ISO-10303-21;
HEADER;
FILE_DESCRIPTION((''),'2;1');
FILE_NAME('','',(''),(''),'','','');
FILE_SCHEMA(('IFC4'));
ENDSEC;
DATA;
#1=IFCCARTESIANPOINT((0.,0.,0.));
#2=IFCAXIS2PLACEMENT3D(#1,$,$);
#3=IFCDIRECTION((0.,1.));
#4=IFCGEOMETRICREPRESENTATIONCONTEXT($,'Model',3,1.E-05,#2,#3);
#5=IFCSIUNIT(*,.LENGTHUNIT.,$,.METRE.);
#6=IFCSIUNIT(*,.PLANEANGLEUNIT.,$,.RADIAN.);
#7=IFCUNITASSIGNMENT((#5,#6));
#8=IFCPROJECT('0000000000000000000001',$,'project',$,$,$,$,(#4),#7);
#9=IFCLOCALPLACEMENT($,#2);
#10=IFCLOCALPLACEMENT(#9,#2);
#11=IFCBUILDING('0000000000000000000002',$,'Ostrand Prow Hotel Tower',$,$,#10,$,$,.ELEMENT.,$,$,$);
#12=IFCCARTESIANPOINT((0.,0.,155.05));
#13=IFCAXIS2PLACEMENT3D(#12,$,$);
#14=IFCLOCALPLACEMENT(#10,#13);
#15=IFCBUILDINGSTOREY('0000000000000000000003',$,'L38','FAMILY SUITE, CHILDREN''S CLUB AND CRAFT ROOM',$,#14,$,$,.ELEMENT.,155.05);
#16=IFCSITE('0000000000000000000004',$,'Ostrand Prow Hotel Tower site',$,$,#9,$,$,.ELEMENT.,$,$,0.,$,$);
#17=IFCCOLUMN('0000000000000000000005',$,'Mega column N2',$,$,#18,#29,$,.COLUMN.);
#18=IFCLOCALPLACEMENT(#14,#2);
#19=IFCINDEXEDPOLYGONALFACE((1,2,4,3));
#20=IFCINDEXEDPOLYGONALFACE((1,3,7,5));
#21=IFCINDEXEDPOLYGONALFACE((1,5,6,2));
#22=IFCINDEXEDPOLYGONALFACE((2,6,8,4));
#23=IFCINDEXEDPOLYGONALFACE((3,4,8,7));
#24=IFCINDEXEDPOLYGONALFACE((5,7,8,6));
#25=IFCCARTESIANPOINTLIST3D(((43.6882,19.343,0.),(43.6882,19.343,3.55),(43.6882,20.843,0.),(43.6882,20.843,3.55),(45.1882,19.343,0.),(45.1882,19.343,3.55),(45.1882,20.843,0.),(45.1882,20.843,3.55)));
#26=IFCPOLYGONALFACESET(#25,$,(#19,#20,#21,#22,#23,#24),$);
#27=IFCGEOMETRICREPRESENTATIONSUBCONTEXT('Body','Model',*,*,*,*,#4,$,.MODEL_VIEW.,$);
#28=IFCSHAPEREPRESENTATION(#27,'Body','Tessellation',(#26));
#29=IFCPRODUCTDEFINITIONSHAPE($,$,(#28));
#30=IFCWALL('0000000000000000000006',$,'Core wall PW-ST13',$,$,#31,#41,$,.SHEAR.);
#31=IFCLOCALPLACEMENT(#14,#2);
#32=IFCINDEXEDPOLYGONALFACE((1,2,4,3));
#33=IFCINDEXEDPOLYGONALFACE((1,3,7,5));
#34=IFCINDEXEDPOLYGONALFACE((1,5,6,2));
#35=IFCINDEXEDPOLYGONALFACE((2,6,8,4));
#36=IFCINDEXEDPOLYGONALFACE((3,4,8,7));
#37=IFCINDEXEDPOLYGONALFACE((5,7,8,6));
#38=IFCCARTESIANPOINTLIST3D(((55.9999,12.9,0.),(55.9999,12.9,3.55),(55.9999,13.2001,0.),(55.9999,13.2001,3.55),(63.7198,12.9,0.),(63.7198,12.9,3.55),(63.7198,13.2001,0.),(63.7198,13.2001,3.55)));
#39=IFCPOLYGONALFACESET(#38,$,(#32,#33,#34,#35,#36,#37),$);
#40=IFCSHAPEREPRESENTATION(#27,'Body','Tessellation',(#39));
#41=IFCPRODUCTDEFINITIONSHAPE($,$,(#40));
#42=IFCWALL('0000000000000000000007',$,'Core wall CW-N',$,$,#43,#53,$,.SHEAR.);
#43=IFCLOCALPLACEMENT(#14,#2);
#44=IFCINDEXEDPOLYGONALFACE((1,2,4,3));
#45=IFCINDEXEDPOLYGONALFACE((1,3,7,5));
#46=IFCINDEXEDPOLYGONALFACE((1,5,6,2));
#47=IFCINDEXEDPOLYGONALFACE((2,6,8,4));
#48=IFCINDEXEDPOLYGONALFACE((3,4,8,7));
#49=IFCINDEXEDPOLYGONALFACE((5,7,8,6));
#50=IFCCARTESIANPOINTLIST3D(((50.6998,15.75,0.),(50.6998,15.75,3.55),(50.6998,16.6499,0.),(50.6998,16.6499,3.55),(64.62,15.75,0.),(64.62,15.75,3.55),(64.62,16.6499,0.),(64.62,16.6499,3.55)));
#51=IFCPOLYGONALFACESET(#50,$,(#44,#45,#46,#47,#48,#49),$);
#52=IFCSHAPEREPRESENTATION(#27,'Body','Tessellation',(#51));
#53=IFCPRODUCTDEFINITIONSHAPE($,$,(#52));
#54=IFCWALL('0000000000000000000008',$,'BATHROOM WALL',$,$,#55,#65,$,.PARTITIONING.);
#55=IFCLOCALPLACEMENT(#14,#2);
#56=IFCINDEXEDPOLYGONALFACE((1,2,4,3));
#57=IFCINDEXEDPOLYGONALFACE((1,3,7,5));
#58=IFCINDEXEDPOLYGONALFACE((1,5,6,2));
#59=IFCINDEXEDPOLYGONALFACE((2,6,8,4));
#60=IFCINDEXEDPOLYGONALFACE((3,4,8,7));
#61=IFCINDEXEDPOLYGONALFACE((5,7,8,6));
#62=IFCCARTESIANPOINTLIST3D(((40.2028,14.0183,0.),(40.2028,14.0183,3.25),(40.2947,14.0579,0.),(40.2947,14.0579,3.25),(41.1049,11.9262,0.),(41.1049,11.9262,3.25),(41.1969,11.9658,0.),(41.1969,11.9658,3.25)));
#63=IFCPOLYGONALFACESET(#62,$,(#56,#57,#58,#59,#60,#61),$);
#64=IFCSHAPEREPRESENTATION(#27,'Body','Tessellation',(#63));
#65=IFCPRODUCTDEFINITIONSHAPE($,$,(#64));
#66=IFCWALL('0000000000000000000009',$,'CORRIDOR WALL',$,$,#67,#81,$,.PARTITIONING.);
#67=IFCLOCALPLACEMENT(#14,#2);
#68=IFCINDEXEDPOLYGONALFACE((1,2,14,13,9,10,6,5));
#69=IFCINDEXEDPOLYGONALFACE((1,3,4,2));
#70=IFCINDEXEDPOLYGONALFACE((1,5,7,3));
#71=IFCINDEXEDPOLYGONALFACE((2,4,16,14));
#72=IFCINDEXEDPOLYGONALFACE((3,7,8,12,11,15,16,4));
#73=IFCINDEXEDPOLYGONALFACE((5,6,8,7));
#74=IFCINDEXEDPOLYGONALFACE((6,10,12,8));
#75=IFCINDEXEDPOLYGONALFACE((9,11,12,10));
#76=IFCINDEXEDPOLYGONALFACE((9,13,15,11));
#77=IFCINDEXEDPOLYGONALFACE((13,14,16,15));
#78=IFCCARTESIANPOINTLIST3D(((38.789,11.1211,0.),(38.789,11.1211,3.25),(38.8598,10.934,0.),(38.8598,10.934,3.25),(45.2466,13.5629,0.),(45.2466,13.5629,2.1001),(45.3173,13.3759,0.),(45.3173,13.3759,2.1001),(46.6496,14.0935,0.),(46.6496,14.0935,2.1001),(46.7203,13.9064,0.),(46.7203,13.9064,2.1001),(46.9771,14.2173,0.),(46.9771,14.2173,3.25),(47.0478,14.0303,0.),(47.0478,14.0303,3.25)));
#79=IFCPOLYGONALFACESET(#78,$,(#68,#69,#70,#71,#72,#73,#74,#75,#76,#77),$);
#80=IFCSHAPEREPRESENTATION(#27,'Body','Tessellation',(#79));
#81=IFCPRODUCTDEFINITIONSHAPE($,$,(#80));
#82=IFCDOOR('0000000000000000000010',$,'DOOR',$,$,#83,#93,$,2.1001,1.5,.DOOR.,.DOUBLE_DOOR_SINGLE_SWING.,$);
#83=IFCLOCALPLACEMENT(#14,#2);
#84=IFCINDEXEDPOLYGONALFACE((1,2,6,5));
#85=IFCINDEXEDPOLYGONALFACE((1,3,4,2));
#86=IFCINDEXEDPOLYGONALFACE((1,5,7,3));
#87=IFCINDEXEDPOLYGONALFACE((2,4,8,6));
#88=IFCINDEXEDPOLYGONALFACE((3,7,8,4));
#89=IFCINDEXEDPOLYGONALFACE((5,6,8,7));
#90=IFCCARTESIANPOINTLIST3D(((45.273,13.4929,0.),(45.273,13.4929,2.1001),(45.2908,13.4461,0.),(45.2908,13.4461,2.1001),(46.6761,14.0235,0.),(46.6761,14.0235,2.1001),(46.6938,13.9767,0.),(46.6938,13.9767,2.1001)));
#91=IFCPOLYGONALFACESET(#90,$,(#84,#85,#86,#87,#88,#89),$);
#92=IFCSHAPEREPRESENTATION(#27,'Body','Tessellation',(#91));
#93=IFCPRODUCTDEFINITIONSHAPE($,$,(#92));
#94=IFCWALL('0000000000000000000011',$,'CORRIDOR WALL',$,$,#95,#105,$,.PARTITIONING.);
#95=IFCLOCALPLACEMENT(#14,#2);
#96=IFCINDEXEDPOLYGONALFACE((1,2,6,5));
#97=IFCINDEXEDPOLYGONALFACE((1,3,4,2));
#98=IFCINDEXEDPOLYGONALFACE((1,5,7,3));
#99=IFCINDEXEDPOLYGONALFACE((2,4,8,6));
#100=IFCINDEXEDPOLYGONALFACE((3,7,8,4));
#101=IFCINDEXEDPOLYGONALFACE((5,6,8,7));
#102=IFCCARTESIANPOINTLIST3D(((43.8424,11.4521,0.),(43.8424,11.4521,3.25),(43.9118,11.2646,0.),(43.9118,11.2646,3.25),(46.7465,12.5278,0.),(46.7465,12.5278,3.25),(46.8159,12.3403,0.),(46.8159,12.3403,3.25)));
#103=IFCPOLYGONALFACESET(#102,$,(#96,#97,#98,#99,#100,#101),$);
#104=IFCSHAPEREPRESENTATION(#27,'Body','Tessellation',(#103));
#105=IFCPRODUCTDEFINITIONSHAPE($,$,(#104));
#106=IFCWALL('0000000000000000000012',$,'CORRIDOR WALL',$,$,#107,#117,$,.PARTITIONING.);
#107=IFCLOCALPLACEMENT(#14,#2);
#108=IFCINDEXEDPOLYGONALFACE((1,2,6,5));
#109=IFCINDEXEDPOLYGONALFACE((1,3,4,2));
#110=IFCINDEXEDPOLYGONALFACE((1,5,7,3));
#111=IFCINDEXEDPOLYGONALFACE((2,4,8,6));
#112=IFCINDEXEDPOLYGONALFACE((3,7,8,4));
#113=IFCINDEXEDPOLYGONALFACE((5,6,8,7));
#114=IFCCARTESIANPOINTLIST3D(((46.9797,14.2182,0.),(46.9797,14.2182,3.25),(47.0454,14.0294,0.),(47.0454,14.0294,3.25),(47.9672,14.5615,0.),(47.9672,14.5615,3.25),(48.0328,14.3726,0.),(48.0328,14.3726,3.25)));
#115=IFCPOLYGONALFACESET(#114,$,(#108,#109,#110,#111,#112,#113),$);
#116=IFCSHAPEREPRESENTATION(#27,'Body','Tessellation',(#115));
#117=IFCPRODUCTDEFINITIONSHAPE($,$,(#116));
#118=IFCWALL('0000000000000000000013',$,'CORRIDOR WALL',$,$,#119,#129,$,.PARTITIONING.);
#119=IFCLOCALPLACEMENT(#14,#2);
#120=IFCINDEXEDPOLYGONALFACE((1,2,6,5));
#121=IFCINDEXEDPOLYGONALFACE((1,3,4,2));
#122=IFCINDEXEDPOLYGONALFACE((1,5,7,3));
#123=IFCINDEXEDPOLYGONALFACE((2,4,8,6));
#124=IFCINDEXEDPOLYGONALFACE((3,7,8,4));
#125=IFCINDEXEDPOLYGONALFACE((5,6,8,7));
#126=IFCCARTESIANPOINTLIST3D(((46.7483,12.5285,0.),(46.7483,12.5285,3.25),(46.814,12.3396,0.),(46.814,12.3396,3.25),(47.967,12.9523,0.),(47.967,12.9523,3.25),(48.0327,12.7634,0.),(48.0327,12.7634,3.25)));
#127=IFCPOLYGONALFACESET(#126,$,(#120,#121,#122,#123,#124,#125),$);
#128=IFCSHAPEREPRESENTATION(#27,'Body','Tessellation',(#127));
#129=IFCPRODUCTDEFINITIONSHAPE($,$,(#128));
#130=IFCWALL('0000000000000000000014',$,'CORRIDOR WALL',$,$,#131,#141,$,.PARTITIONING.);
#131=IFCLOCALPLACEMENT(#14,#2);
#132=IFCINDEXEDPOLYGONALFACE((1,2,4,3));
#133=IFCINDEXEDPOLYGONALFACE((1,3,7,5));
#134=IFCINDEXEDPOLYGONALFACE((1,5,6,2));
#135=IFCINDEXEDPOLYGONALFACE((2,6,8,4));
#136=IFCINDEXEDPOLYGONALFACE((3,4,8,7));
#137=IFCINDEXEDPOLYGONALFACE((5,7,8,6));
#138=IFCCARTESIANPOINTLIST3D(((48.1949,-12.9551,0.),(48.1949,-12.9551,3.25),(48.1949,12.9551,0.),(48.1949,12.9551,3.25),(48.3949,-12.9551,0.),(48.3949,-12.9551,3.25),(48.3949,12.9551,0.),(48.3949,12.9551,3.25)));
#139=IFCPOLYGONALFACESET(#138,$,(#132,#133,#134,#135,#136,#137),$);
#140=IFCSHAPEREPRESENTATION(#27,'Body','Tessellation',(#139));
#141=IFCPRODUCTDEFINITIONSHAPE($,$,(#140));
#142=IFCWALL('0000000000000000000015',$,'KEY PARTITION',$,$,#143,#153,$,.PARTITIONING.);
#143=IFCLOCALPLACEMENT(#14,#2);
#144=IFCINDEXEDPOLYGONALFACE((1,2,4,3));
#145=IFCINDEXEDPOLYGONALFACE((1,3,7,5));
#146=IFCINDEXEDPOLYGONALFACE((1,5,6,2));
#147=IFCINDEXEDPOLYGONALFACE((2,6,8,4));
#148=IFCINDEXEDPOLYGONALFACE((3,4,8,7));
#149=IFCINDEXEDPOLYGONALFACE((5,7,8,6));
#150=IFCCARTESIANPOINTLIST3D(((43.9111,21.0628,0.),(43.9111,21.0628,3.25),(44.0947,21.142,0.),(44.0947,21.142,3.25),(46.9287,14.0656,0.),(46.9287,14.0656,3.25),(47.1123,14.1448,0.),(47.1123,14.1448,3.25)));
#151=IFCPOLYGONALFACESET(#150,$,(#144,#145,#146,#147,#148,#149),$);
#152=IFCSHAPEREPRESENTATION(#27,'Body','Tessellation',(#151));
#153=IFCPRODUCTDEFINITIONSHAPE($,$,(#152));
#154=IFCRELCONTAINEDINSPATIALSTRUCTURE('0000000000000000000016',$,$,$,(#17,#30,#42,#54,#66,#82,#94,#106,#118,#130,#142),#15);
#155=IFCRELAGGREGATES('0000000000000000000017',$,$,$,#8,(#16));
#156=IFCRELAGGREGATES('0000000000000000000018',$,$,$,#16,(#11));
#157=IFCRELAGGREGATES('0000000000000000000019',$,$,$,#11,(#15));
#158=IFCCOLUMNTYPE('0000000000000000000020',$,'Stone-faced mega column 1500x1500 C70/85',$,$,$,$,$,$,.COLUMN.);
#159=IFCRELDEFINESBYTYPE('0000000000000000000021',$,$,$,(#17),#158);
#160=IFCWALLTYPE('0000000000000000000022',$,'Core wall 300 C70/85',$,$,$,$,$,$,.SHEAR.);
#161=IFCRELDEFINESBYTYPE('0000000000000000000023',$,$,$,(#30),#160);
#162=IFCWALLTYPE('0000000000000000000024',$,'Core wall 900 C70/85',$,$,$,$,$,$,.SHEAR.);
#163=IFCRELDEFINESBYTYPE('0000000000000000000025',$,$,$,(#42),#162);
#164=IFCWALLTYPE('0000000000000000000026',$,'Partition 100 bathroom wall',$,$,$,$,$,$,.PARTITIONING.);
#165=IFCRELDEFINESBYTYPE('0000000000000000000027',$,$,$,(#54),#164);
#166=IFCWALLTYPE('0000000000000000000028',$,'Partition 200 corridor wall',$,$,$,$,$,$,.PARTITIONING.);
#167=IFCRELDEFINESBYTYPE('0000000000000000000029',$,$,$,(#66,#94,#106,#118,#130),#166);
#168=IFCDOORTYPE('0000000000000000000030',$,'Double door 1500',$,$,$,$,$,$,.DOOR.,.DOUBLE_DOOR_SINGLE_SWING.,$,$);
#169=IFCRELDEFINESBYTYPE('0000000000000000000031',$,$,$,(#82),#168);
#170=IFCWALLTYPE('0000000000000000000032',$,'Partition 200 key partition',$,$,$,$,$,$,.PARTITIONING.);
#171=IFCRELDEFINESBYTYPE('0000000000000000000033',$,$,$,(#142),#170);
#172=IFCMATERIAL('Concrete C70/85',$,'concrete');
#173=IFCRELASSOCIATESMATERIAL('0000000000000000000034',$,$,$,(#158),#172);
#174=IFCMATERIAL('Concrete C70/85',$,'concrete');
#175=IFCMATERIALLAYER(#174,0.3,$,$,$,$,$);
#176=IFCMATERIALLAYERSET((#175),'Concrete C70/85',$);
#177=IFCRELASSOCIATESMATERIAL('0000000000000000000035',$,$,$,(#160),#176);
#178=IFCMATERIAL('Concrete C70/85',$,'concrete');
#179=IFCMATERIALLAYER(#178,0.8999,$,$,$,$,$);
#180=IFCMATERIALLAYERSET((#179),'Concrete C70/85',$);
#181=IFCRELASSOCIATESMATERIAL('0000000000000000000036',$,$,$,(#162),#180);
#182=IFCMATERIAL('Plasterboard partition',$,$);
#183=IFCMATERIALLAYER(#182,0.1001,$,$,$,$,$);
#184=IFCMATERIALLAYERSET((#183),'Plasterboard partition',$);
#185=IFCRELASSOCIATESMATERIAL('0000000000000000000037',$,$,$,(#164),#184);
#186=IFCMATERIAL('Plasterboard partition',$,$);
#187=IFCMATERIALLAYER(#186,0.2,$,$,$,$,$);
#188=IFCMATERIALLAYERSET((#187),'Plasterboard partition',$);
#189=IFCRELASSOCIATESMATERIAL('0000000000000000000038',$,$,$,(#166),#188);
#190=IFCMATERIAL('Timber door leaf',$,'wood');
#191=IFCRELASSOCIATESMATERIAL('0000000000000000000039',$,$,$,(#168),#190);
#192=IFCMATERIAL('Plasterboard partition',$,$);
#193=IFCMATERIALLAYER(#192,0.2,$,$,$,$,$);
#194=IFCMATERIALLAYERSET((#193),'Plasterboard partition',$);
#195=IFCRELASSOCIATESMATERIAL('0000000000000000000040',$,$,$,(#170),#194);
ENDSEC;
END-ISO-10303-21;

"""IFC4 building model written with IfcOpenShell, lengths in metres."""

from ifc_helpers import new_model, si_unit, direction, frame, frame_2d, origin, origin_2d, place, context, subcontext, project, spatial, rectangle, extrude, material, layer, layer_set, material_profile, profile_set, type_object, element, fill, save


model = new_model("IFC4")

# Units and contexts
model_context = context("Model", 3, precision=1e-05, world=origin(), true_north=direction((0.0, 1.0)))
body_context = subcontext(model_context, "Body", "Model", "MODEL_VIEW")
ifc_project = project(units=[si_unit("LENGTHUNIT", "METRE"), si_unit("PLANEANGLEUNIT", "RADIAN")], contexts=[model_context])

# Site, building, storey
site_placement = place(None, origin())
site = spatial("IfcSite", under=ifc_project, at=site_placement, Name="Ostrand Prow Hotel Tower site", CompositionType="ELEMENT", RefElevation=0.0)
building_placement = place(site_placement, origin())
building = spatial("IfcBuilding", under=site, at=building_placement, Name="Ostrand Prow Hotel Tower", CompositionType="ELEMENT")
storey_placement = place(building_placement, frame((0.0, 0.0, 155.05)))
storey = spatial("IfcBuildingStorey", under=building, at=storey_placement, Name="L38", Description="FAMILY SUITE, CHILDREN'S CLUB AND CRAFT ROOM", CompositionType="ELEMENT", Elevation=155.05)

# Column
ifc_material_1 = material(Name="Concrete C70/85", Category="concrete")
ifc_material_profile = material_profile(ifc_material_1, rectangle(XDim=1.5, YDim=1.5, at=origin_2d()), Name="RC 1500x1500")
ifc_profile_set = profile_set([ifc_material_profile], Name="Concrete C70/85")
column_type = type_object("IfcColumnType", Name="Stone-faced mega column 1500x1500 C70/85", PredefinedType="COLUMN", material=ifc_profile_set)
column_placement = place(storey_placement, frame((44.4382, 20.093, 0.0), z_axis=(0.0, 0.0, 1.0), x_axis=(1.0, 0.0, 0.0)))
element("IfcColumn", 1, at=column_placement, inside=storey, type_object=column_type, Name="Mega column N2", PredefinedType="COLUMN", context=body_context, shape_type="SweptSolid", body=[
    extrude(rectangle(XDim=1.5, YDim=1.5, at=origin_2d()), origin(), (0.0, 0.0, 1.0), 3.55),
])

# Walls
ifc_material_2 = material(Name="Concrete C70/85", Category="concrete")
ifc_layer_1 = layer(ifc_material_2, 0.3)
ifc_layer_set_1 = layer_set([ifc_layer_1], Name="Concrete C70/85")
wall_type_1 = type_object("IfcWallType", Name="Core wall 300 C70/85", PredefinedType="SHEAR", material=ifc_layer_set_1)
wall_1_placement = place(storey_placement, frame((56.0, 13.05, 0.0), z_axis=(0.0, 0.0, 1.0), x_axis=(1.0, 0.0, 0.0)))
element("IfcWall", 2, at=wall_1_placement, inside=storey, type_object=wall_type_1, Name="Core wall PW-ST13", PredefinedType="SHEAR", context=body_context, shape_type="SweptSolid", body=[
    extrude(rectangle(XDim=7.72, YDim=0.3, at=frame_2d((3.8599, 0.0))), origin(), (0.0, 0.0, 1.0), 3.55),
])
ifc_material_3 = material(Name="Concrete C70/85", Category="concrete")
ifc_layer_2 = layer(ifc_material_3, 0.8999)
ifc_layer_set_2 = layer_set([ifc_layer_2], Name="Concrete C70/85")
wall_type_2 = type_object("IfcWallType", Name="Core wall 900 C70/85", PredefinedType="SHEAR", material=ifc_layer_set_2)
wall_2_placement = place(storey_placement, frame((50.7, 16.2, 0.0), z_axis=(0.0, 0.0, 1.0), x_axis=(1.0, 0.0, 0.0)))
element("IfcWall", 3, at=wall_2_placement, inside=storey, type_object=wall_type_2, Name="Core wall CW-N", PredefinedType="SHEAR", context=body_context, shape_type="SweptSolid", body=[
    extrude(rectangle(XDim=13.9202, YDim=0.8999, at=frame_2d((6.96, 0.0))), origin(), (0.0, 0.0, 1.0), 3.55),
])
ifc_material_4 = material(Name="Plasterboard partition")
ifc_layer_3 = layer(ifc_material_4, 0.1001)
ifc_layer_set_3 = layer_set([ifc_layer_3], Name="Plasterboard partition")
wall_type_3 = type_object("IfcWallType", Name="Partition 100 bathroom wall", PredefinedType="PARTITIONING", material=ifc_layer_set_3)
wall_3_placement = place(storey_placement, frame((40.2488, 14.0381, 0.0), z_axis=(0.0, 0.0, 1.0), x_axis=(0.395962, -0.918267, 0.0)))
element("IfcWall", 4, at=wall_3_placement, inside=storey, type_object=wall_type_3, Name="BATHROOM WALL", PredefinedType="PARTITIONING", context=body_context, shape_type="SweptSolid", body=[
    extrude(rectangle(XDim=2.2783, YDim=0.1001, at=frame_2d((1.1392, 0.0))), origin(), (0.0, 0.0, 1.0), 3.25),
])

# Wall, opening, door
ifc_material_5 = material(Name="Plasterboard partition")
ifc_layer_4 = layer(ifc_material_5, 0.2)
ifc_layer_set_4 = layer_set([ifc_layer_4], Name="Plasterboard partition")
wall_type_4 = type_object("IfcWallType", Name="Partition 200 corridor wall", PredefinedType="PARTITIONING", material=ifc_layer_set_4)
wall_4_placement = place(storey_placement, frame((47.0125, 14.1238, 0.0), z_axis=(0.0, 0.0, 1.0), x_axis=(-0.935361, -0.353696, 0.0)))
wall_4 = element("IfcWall", 5, at=wall_4_placement, inside=storey, type_object=wall_type_4, Name="CORRIDOR WALL", PredefinedType="PARTITIONING", context=body_context, shape_type="SweptSolid", body=[
    extrude(rectangle(XDim=8.7539, YDim=0.2, at=frame_2d((4.377, 0.0))), origin(), (0.0, 0.0, 1.0), 3.25),
])
opening_placement = place(wall_4_placement, frame((0.3501, 0.0, 0.0)))
opening = element("IfcOpeningElement", 6, at=opening_placement, cuts=wall_4, PredefinedType="OPENING", context=body_context, shape_type="SweptSolid", body=[
    extrude(rectangle(XDim=1.5, YDim=2.1001, at=frame_2d((0.75, 1.05))), frame((0.0, 0.1099, 0.0), z_axis=(0.0, -1.0, 0.0), x_axis=(1.0, 0.0, 0.0)), (0.0, 0.0, 1.0), 0.22),
])
ifc_material_6 = material(Name="Timber door leaf", Category="wood")
door_type = type_object("IfcDoorType", Name="Double door 1500", OperationType="DOUBLE_DOOR_SINGLE_SWING", PredefinedType="DOOR", material=ifc_material_6)
door_placement = place(opening_placement, origin())
door = element("IfcDoor", 7, at=door_placement, inside=storey, type_object=door_type, Name="DOOR", OperationType="DOUBLE_DOOR_SINGLE_SWING", OverallHeight=2.1001, OverallWidth=1.5, PredefinedType="DOOR", context=body_context, shape_type="SweptSolid", body=[
    extrude(rectangle(XDim=1.5, YDim=2.1001, at=frame_2d((0.75, 1.05))), frame((0.0, 0.0249, 0.0), z_axis=(0.0, -1.0, 0.0), x_axis=(1.0, 0.0, 0.0)), (0.0, 0.0, 1.0), 0.05),
])
fill(opening, door)

# Walls
wall_5_placement = place(storey_placement, frame((43.8772, 11.3584, 0.0), z_axis=(0.0, 0.0, 1.0), x_axis=(0.937737, 0.347345, 0.0)))
element("IfcWall", 8, at=wall_5_placement, inside=storey, type_object=wall_type_4, Name="CORRIDOR WALL", PredefinedType="PARTITIONING", context=body_context, shape_type="SweptSolid", body=[
    extrude(rectangle(XDim=3.0969, YDim=0.2, at=frame_2d((1.5483, 0.0))), origin(), (0.0, 0.0, 1.0), 3.25),
])
wall_6_placement = place(storey_placement, frame((48.0, 14.467, 0.0), z_axis=(0.0, 0.0, 1.0), x_axis=(-0.944566, -0.328321, 0.0)))
element("IfcWall", 9, at=wall_6_placement, inside=storey, type_object=wall_type_4, Name="CORRIDOR WALL", PredefinedType="PARTITIONING", context=body_context, shape_type="SweptSolid", body=[
    extrude(rectangle(XDim=1.0454, YDim=0.2, at=frame_2d((0.5227, 0.0))), origin(), (0.0, 0.0, 1.0), 3.25),
])
wall_7_placement = place(storey_placement, frame((46.7812, 12.4341, 0.0), z_axis=(0.0, 0.0, 1.0), x_axis=(0.944517, 0.328462, 0.0)))
element("IfcWall", 10, at=wall_7_placement, inside=storey, type_object=wall_type_4, Name="CORRIDOR WALL", PredefinedType="PARTITIONING", context=body_context, shape_type="SweptSolid", body=[
    extrude(rectangle(XDim=1.2903, YDim=0.2, at=frame_2d((0.645, 0.0))), origin(), (0.0, 0.0, 1.0), 3.25),
])
wall_8_placement = place(storey_placement, frame((48.2949, 12.9551, 0.0), z_axis=(0.0, 0.0, 1.0), x_axis=(0.0, -1.0, 0.0)))
element("IfcWall", 11, at=wall_8_placement, inside=storey, type_object=wall_type_4, Name="CORRIDOR WALL", PredefinedType="PARTITIONING", context=body_context, shape_type="SweptSolid", body=[
    extrude(rectangle(XDim=25.9102, YDim=0.2, at=frame_2d((12.9551, 0.0))), origin(), (0.0, 0.0, 1.0), 3.25),
])
ifc_material_7 = material(Name="Plasterboard partition")
ifc_layer_5 = layer(ifc_material_7, 0.2)
ifc_layer_set_5 = layer_set([ifc_layer_5], Name="Plasterboard partition")
wall_type_5 = type_object("IfcWallType", Name="Partition 200 key partition", PredefinedType="PARTITIONING", material=ifc_layer_set_5)
wall_9_placement = place(storey_placement, frame((47.0205, 14.1052, 0.0), z_axis=(0.0, 0.0, 1.0), x_axis=(-0.396006, 0.918248, 0.0)))
element("IfcWall", 12, at=wall_9_placement, inside=storey, type_object=wall_type_5, Name="KEY PARTITION", PredefinedType="PARTITIONING", context=body_context, shape_type="SweptSolid", body=[
    extrude(rectangle(XDim=7.6201, YDim=0.2, at=frame_2d((3.8101, 0.0))), origin(), (0.0, 0.0, 1.0), 3.25),
])

save(model, "model.ifc")
